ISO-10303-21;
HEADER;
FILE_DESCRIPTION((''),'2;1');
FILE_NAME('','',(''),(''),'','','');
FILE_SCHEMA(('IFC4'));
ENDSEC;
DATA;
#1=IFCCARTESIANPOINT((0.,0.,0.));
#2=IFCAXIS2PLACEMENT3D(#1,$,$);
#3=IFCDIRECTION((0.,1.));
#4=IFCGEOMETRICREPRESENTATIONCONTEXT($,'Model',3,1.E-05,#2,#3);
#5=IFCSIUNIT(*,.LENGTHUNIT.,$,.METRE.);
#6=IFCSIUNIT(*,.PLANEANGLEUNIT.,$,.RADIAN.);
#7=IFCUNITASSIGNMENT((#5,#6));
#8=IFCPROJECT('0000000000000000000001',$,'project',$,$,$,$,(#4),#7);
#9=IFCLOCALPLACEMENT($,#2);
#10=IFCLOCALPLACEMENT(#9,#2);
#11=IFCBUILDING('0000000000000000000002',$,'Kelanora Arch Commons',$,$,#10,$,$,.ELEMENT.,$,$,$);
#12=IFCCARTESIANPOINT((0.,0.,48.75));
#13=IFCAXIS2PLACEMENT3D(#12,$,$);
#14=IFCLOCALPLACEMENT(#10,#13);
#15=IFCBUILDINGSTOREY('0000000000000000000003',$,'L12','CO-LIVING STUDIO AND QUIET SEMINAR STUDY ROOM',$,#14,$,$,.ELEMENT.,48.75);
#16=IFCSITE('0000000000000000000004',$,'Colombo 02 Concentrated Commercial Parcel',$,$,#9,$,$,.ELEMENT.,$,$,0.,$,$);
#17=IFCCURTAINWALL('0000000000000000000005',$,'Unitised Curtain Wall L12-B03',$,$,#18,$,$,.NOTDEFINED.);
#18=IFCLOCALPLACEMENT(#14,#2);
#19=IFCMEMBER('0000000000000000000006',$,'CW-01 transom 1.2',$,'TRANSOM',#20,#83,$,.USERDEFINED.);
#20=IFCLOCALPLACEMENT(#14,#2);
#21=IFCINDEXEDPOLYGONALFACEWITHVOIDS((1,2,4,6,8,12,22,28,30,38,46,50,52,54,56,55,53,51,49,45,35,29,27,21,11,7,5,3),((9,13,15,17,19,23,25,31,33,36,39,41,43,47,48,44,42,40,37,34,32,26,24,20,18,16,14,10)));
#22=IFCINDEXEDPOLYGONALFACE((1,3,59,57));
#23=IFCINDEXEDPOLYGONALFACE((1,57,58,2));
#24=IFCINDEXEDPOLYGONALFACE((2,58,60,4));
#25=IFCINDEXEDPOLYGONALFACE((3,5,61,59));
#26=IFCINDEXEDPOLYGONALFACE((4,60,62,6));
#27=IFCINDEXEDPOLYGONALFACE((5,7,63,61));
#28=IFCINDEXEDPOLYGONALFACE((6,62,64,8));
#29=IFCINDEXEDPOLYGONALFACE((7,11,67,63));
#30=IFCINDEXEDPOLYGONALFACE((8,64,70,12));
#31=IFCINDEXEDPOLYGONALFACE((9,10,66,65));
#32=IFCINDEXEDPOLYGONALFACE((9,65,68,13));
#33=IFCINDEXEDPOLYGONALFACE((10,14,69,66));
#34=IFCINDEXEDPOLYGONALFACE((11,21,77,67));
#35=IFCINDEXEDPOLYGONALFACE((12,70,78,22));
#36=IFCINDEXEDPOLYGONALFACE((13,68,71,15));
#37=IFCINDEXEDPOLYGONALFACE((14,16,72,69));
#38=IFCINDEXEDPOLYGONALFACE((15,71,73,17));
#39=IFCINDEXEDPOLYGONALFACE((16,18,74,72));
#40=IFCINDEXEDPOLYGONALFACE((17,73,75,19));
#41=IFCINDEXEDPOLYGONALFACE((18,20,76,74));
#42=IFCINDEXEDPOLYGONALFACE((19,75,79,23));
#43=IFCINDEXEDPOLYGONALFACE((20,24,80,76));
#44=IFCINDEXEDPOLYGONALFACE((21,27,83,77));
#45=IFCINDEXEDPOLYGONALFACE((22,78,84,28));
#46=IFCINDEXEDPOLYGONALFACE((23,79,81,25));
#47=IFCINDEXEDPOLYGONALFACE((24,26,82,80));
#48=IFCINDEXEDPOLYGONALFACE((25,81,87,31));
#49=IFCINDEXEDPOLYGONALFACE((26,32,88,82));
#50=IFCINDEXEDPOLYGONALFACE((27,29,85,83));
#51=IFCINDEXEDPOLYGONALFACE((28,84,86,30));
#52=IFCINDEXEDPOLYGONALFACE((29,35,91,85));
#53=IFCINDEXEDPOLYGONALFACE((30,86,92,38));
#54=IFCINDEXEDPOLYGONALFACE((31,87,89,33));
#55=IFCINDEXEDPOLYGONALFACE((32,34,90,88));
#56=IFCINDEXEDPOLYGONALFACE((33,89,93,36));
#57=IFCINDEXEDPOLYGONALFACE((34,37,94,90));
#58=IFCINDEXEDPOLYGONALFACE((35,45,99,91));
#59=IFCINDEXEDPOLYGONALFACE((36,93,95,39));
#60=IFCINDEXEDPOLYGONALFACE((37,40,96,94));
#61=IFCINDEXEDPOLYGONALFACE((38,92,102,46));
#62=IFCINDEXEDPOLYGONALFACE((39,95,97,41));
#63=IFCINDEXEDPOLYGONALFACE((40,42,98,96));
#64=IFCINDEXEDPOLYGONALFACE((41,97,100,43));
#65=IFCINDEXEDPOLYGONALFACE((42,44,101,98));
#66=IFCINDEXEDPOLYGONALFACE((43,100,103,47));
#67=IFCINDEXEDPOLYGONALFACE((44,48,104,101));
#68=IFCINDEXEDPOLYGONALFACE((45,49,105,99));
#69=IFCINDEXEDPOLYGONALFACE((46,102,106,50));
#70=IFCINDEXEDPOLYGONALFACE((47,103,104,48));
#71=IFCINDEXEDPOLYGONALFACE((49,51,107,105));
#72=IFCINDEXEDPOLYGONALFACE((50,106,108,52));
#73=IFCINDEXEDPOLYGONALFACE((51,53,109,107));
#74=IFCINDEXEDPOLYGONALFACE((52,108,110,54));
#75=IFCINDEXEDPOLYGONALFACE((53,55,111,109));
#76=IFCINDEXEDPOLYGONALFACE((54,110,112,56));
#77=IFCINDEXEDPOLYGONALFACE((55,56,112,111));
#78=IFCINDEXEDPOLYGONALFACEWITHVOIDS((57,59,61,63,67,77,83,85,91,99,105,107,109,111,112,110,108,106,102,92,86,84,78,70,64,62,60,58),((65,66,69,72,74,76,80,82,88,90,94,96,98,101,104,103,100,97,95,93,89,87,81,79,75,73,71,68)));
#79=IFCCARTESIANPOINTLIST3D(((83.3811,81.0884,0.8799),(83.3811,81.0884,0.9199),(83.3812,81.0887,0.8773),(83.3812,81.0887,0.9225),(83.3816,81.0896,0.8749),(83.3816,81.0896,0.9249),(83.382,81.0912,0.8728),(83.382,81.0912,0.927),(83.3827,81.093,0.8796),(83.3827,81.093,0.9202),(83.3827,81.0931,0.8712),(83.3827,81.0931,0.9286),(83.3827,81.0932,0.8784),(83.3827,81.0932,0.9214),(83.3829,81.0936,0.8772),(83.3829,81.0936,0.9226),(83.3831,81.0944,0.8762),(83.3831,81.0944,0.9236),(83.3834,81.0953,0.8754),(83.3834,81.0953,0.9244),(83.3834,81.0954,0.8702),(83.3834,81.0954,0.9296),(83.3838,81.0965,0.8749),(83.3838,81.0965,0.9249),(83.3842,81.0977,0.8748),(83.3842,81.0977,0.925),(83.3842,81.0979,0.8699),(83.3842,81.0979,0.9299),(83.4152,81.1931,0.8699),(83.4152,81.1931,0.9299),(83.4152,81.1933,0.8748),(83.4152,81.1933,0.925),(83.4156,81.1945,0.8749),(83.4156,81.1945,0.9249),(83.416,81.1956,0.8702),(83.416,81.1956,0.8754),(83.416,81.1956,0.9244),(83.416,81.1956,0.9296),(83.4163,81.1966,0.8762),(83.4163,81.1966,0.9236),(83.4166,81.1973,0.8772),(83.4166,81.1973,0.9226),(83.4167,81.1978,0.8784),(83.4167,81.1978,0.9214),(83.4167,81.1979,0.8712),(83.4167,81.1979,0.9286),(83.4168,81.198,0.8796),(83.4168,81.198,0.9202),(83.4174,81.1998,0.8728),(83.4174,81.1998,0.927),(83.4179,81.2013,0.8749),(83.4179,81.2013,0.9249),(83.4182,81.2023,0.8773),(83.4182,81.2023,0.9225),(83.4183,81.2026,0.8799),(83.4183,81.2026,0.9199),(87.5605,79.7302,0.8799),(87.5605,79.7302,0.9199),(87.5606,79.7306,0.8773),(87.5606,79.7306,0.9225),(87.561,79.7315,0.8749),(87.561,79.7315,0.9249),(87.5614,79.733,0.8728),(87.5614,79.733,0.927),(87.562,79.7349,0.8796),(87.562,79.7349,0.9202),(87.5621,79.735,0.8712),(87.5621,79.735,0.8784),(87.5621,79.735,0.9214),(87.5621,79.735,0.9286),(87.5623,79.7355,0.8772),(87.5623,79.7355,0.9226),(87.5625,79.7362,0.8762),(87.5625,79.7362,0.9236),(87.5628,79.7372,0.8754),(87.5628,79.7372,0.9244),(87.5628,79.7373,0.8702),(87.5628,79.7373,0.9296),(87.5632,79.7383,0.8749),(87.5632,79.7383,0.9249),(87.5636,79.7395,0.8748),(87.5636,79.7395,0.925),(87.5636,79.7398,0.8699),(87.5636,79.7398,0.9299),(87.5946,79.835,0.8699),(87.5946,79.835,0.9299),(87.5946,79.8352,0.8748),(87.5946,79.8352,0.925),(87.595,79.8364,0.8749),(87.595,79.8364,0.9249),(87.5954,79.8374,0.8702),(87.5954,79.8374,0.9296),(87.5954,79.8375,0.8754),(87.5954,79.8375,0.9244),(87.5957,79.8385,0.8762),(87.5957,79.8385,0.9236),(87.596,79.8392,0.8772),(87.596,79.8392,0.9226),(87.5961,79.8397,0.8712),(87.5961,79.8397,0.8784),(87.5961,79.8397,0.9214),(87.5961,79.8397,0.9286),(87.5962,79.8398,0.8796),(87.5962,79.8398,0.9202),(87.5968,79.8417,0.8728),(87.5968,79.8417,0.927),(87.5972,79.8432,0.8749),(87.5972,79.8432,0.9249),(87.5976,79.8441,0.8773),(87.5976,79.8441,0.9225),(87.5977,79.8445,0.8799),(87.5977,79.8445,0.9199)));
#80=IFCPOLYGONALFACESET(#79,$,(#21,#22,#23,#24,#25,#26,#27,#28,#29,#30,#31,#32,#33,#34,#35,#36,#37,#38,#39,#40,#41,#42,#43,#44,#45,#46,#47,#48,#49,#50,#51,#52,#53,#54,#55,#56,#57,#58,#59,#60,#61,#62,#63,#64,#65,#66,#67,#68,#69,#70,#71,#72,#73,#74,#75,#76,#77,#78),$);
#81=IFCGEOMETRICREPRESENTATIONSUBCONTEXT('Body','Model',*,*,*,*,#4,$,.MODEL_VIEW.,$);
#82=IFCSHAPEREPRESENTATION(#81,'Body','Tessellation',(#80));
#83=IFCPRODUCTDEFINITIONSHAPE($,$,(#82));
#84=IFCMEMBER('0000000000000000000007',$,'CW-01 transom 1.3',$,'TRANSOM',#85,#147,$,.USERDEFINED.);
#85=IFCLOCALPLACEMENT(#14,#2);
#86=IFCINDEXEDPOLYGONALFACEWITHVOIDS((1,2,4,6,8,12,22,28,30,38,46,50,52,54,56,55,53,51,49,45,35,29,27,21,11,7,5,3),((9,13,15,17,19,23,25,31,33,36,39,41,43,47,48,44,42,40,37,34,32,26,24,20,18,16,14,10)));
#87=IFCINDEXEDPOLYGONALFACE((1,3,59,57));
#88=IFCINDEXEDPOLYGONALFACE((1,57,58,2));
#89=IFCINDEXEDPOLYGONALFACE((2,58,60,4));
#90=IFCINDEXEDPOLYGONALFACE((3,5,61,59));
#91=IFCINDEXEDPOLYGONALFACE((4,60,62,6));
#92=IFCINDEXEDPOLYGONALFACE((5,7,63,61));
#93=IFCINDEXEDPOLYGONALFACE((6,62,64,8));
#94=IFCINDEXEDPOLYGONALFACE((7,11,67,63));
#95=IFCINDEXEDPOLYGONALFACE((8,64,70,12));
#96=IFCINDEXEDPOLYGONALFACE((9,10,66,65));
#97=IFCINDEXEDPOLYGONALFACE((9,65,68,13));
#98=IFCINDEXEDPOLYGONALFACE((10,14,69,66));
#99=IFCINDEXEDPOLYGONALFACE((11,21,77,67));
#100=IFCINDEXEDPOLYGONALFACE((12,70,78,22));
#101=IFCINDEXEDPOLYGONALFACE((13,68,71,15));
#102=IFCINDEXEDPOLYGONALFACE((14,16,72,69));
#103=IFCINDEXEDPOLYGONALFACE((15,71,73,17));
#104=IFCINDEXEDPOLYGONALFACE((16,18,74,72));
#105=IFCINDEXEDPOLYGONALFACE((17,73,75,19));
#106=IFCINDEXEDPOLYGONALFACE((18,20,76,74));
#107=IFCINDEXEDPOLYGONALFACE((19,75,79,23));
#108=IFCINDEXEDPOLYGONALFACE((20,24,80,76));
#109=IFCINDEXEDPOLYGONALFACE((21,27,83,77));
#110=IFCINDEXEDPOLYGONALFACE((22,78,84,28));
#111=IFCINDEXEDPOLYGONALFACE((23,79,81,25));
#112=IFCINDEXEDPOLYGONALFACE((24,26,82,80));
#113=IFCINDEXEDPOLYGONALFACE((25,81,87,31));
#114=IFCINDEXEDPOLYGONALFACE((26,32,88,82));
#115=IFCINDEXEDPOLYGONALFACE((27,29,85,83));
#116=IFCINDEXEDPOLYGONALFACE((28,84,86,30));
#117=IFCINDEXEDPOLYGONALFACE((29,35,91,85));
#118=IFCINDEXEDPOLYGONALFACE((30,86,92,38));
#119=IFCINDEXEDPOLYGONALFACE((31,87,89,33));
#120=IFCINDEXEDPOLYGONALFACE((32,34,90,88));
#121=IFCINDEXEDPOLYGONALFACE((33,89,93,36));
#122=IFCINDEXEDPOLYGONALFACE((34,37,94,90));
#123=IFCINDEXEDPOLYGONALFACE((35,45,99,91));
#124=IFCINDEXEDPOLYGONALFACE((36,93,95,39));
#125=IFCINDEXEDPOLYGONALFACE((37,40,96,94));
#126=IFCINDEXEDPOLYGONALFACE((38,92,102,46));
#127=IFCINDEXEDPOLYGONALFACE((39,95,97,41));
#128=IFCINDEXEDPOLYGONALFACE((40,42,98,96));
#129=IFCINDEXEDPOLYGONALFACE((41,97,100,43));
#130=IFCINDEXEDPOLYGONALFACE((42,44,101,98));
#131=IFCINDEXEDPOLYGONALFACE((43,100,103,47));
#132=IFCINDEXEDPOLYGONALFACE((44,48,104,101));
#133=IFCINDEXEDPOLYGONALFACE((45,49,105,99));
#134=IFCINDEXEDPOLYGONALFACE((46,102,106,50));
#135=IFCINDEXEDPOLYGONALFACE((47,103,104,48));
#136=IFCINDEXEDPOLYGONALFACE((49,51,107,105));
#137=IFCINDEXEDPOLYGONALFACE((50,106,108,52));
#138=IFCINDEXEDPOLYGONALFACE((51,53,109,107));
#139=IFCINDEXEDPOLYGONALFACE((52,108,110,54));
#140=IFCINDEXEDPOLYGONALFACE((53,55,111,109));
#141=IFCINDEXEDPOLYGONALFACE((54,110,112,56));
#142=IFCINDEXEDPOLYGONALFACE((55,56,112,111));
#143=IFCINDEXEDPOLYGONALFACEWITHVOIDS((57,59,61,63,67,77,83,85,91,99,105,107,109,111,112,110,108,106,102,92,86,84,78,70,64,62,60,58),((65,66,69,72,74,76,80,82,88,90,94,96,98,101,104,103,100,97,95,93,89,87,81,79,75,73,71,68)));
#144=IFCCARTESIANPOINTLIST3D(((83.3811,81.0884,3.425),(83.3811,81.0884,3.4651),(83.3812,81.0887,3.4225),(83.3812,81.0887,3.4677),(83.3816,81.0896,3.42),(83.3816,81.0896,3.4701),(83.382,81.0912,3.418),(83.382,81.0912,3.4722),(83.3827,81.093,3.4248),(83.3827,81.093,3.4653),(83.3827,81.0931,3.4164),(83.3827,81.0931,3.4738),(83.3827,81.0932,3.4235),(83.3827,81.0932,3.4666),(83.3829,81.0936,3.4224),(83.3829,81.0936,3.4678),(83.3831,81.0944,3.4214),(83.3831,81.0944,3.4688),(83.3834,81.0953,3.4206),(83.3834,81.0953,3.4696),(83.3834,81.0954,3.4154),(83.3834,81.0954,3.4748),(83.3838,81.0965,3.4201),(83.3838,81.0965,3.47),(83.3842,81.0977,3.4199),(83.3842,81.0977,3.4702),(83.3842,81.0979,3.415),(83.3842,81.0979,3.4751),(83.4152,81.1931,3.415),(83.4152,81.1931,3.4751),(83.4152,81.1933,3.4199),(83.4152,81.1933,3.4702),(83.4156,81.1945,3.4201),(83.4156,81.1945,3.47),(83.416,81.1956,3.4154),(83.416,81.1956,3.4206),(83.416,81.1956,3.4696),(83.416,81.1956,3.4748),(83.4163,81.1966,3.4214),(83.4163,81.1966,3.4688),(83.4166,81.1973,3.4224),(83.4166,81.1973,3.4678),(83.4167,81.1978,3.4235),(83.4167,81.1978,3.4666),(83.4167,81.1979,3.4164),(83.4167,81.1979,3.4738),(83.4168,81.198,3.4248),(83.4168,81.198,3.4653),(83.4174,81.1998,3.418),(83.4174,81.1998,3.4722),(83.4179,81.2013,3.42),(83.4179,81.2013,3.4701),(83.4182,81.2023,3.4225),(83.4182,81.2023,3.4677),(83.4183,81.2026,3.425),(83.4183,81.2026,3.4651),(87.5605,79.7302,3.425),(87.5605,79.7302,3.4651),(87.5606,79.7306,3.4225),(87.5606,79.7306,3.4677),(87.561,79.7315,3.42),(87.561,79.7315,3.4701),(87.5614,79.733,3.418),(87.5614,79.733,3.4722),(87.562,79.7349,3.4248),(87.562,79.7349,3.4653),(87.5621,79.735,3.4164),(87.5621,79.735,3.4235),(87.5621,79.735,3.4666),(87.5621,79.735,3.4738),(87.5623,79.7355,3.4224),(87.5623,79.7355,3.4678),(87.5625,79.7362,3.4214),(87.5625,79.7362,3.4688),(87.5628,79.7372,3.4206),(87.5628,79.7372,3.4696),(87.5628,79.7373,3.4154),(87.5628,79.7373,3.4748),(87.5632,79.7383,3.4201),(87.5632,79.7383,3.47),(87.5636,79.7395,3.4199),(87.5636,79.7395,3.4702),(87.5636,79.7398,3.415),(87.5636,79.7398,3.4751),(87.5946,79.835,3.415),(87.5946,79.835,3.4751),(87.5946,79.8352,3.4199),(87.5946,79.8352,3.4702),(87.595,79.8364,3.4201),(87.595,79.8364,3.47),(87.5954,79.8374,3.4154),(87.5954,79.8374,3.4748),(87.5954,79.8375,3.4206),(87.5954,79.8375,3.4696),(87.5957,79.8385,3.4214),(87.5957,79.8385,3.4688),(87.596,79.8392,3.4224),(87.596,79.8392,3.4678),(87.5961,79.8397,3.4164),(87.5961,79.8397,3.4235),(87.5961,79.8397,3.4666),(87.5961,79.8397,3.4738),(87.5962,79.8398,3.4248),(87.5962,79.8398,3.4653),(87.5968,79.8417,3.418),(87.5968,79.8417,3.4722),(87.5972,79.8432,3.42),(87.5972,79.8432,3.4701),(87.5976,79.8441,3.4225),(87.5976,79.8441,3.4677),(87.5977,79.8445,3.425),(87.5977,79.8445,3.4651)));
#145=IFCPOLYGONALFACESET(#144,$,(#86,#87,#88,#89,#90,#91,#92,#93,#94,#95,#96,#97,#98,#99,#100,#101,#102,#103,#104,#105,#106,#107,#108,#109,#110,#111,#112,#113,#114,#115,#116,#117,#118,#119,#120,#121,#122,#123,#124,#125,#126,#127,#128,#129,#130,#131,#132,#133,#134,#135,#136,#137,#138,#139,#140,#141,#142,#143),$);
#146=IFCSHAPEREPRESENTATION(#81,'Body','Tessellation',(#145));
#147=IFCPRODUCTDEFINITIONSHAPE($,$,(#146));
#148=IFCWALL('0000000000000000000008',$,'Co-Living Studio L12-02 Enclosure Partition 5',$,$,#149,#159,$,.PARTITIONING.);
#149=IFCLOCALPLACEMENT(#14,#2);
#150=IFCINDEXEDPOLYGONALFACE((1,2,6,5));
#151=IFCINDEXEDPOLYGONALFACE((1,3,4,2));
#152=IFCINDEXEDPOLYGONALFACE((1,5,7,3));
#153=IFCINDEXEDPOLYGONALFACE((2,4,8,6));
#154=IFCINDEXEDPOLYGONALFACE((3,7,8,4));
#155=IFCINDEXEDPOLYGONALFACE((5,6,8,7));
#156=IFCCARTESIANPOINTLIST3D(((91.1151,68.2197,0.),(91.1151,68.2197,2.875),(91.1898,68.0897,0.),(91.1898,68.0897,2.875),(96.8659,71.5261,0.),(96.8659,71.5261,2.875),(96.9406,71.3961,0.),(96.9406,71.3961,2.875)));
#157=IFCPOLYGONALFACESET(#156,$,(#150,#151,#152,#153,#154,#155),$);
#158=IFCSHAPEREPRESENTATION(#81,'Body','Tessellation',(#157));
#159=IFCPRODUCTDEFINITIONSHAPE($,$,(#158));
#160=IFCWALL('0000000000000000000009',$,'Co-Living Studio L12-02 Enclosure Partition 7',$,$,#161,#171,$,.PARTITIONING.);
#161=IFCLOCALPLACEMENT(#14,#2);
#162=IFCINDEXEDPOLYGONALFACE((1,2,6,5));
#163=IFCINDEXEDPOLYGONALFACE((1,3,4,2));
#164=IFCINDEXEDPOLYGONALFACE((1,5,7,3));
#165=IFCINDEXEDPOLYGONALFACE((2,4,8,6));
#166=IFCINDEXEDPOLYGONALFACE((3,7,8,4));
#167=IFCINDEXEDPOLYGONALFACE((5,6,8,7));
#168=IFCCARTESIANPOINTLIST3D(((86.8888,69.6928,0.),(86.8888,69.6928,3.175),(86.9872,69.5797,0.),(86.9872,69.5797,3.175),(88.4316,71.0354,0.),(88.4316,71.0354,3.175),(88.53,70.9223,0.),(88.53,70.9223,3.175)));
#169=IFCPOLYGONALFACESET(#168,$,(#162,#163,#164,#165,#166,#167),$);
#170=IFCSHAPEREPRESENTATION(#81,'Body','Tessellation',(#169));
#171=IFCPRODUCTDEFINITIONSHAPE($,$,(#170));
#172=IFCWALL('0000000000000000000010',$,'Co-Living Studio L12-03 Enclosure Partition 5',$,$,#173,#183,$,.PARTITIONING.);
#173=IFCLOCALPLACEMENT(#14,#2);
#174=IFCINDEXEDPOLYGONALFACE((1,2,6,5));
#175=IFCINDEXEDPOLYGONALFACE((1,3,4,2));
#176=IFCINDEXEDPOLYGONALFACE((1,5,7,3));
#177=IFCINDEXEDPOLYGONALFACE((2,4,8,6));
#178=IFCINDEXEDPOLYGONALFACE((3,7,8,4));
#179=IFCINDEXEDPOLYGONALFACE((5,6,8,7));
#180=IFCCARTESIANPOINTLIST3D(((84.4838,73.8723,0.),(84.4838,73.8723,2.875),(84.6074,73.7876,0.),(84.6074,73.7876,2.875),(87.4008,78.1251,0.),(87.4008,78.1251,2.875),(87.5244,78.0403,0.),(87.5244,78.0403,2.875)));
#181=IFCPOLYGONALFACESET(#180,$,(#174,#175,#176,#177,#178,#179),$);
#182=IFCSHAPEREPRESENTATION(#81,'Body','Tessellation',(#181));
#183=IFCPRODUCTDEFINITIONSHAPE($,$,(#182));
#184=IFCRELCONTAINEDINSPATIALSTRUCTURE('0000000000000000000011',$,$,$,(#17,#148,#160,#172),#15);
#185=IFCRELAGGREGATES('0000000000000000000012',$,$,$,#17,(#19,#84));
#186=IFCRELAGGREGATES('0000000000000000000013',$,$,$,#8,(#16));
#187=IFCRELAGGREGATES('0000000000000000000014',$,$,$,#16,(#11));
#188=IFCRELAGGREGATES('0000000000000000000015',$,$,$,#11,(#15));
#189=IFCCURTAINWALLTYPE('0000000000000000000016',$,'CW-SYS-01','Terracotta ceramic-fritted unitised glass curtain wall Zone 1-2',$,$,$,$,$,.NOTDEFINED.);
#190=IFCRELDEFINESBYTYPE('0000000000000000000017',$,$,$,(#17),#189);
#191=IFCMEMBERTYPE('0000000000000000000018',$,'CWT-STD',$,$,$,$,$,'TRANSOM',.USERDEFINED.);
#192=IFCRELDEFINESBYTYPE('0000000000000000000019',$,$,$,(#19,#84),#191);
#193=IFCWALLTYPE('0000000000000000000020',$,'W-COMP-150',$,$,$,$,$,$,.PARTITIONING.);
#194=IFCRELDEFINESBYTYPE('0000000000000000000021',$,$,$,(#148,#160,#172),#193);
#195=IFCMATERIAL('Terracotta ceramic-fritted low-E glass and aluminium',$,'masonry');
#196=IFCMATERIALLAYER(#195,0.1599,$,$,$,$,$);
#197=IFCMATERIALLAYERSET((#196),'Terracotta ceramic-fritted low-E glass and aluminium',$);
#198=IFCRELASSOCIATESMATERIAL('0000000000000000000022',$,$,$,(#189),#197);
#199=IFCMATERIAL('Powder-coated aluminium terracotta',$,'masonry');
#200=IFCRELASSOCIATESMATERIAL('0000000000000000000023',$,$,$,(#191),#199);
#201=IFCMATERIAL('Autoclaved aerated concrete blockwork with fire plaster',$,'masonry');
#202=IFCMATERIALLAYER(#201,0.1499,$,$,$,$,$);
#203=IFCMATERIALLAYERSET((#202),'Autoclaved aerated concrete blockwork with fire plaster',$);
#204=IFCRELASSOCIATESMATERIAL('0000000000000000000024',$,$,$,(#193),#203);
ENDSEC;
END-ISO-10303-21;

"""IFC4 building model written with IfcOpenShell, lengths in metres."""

from ifc_helpers import new_model, si_unit, direction, frame, frame_2d, origin, origin_2d, place, context, subcontext, project, spatial, rectangle, hollow_rectangle, extrude, material, layer, layer_set, material_profile, profile_set, type_object, element, aggregate, save


model = new_model("IFC4")

# Units and contexts
model_context = context("Model", 3, precision=1e-05, world=origin(), true_north=direction((0.0, 1.0)))
body_context = subcontext(model_context, "Body", "Model", "MODEL_VIEW")
ifc_project = project(units=[si_unit("LENGTHUNIT", "METRE"), si_unit("PLANEANGLEUNIT", "RADIAN")], contexts=[model_context])

# Site, building, storey
site_placement = place(None, origin())
site = spatial("IfcSite", under=ifc_project, at=site_placement, Name="Colombo 02 Concentrated Commercial Parcel", CompositionType="ELEMENT", RefElevation=0.0)
building_placement = place(site_placement, origin())
building = spatial("IfcBuilding", under=site, at=building_placement, Name="Kelanora Arch Commons", CompositionType="ELEMENT")
storey_placement = place(building_placement, frame((0.0, 0.0, 48.75)))
storey = spatial("IfcBuildingStorey", under=building, at=storey_placement, Name="L12", Description="CO-LIVING STUDIO AND QUIET SEMINAR STUDY ROOM", CompositionType="ELEMENT", Elevation=48.75)

# Shared definitions
ifc_material_1 = material(Name="Terracotta ceramic-fritted low-E glass and aluminium", Category="masonry")
ifc_layer_1 = layer(ifc_material_1, 0.1599)
ifc_layer_set_1 = layer_set([ifc_layer_1], Name="Terracotta ceramic-fritted low-E glass and aluminium")
curtain_wall_type = type_object("IfcCurtainWallType", Name="CW-SYS-01", Description="Terracotta ceramic-fritted unitised glass curtain wall Zone 1-2", PredefinedType="NOTDEFINED", material=ifc_layer_set_1)
ifc_material_2 = material(Name="Powder-coated aluminium terracotta", Category="masonry")

# Curtain wall, members
curtain_wall_1_placement = place(storey_placement, origin())
curtain_wall_1 = element("IfcCurtainWall", 1, at=curtain_wall_1_placement, inside=storey, type_object=curtain_wall_type, Name="Unitised Curtain Wall L12-B03", PredefinedType="NOTDEFINED")
ifc_material_profile_1 = material_profile(ifc_material_2, hollow_rectangle(XDim=0.1201, YDim=0.0601, WallThickness=0.0049, InnerFilletRadius=0.0049, OuterFilletRadius=0.01, at=origin_2d()), Name="CWT120x60")
ifc_profile_set_1 = profile_set([ifc_material_profile_1], Name="Powder-coated aluminium terracotta")
member_type_1 = type_object("IfcMemberType", Name="CWT-STD", ElementType="TRANSOM", PredefinedType="USERDEFINED", material=ifc_profile_set_1)
member_1_placement = place(storey_placement, frame((87.5791, 79.7874, 0.8999), z_axis=(-0.951045, 0.309052, 0.0), x_axis=(-0.309052, -0.951045, 0.0)))
member_1 = element("IfcMember", 2, at=member_1_placement, type_object=member_type_1, Name="CW-01 transom 1.2", ObjectType="TRANSOM", PredefinedType="USERDEFINED", context=body_context, shape_type="SweptSolid", body=[
    extrude(hollow_rectangle(XDim=0.1201, YDim=0.0601, WallThickness=0.0049, InnerFilletRadius=0.0049, OuterFilletRadius=0.01, at=origin_2d()), origin(), (0.0, 0.0, 1.0), 4.3945),
])
member_2_placement = place(storey_placement, frame((87.5791, 79.7874, 3.4451), z_axis=(-0.951045, 0.309052, 0.0), x_axis=(-0.309052, -0.951045, 0.0)))
member_2 = element("IfcMember", 3, at=member_2_placement, type_object=member_type_1, Name="CW-01 transom 1.3", ObjectType="TRANSOM", PredefinedType="USERDEFINED", context=body_context, shape_type="SweptSolid", body=[
    extrude(hollow_rectangle(XDim=0.1201, YDim=0.0601, WallThickness=0.0049, InnerFilletRadius=0.0049, OuterFilletRadius=0.01, at=origin_2d()), origin(), (0.0, 0.0, 1.0), 4.3945),
])
aggregate(curtain_wall_1, [member_1, member_2])

# Walls
ifc_material_3 = material(Name="Autoclaved aerated concrete blockwork with fire plaster", Category="masonry")
ifc_layer_2 = layer(ifc_material_3, 0.1499)
ifc_layer_set_2 = layer_set([ifc_layer_2], Name="Autoclaved aerated concrete blockwork with fire plaster")
wall_type_1 = type_object("IfcWallType", Name="W-COMP-150", PredefinedType="PARTITIONING", material=ifc_layer_set_2)
wall_1_placement = place(storey_placement, frame((96.9033, 71.4612, 0.0), z_axis=(0.0, 0.0, 1.0), x_axis=(-0.866924, -0.49844, 0.0)))
element("IfcWall", 4, at=wall_1_placement, inside=storey, type_object=wall_type_1, Name="Co-Living Studio L12-02 Enclosure Partition 5", PredefinedType="PARTITIONING", context=body_context, shape_type="SweptSolid", body=[
    extrude(rectangle(XDim=6.6335, YDim=0.1499, at=frame_2d((3.3169, 0.0))), origin(), (0.0, 0.0, 1.0), 2.875),
])
wall_2_placement = place(storey_placement, frame((88.4807, 70.9788, 0.0), z_axis=(0.0, 0.0, 1.0), x_axis=(-0.754356, -0.656465, 0.0)))
element("IfcWall", 5, at=wall_2_placement, inside=storey, type_object=wall_type_1, Name="Co-Living Studio L12-02 Enclosure Partition 7", PredefinedType="PARTITIONING", context=body_context, shape_type="SweptSolid", body=[
    extrude(rectangle(XDim=2.0452, YDim=0.1499, at=frame_2d((1.0225, 0.0))), origin(), (0.0, 0.0, 1.0), 3.175),
])
wall_3_placement = place(storey_placement, frame((87.4626, 78.0828, 0.0), z_axis=(0.0, 0.0, 1.0), x_axis=(-0.565642, -0.824651, 0.0)))
element("IfcWall", 6, at=wall_3_placement, inside=storey, type_object=wall_type_1, Name="Co-Living Studio L12-03 Enclosure Partition 5", PredefinedType="PARTITIONING", context=body_context, shape_type="SweptSolid", body=[
    extrude(rectangle(XDim=5.157, YDim=0.1499, at=frame_2d((2.5786, 0.0))), origin(), (0.0, 0.0, 1.0), 2.875),
])

save(model, "model.ifc")
